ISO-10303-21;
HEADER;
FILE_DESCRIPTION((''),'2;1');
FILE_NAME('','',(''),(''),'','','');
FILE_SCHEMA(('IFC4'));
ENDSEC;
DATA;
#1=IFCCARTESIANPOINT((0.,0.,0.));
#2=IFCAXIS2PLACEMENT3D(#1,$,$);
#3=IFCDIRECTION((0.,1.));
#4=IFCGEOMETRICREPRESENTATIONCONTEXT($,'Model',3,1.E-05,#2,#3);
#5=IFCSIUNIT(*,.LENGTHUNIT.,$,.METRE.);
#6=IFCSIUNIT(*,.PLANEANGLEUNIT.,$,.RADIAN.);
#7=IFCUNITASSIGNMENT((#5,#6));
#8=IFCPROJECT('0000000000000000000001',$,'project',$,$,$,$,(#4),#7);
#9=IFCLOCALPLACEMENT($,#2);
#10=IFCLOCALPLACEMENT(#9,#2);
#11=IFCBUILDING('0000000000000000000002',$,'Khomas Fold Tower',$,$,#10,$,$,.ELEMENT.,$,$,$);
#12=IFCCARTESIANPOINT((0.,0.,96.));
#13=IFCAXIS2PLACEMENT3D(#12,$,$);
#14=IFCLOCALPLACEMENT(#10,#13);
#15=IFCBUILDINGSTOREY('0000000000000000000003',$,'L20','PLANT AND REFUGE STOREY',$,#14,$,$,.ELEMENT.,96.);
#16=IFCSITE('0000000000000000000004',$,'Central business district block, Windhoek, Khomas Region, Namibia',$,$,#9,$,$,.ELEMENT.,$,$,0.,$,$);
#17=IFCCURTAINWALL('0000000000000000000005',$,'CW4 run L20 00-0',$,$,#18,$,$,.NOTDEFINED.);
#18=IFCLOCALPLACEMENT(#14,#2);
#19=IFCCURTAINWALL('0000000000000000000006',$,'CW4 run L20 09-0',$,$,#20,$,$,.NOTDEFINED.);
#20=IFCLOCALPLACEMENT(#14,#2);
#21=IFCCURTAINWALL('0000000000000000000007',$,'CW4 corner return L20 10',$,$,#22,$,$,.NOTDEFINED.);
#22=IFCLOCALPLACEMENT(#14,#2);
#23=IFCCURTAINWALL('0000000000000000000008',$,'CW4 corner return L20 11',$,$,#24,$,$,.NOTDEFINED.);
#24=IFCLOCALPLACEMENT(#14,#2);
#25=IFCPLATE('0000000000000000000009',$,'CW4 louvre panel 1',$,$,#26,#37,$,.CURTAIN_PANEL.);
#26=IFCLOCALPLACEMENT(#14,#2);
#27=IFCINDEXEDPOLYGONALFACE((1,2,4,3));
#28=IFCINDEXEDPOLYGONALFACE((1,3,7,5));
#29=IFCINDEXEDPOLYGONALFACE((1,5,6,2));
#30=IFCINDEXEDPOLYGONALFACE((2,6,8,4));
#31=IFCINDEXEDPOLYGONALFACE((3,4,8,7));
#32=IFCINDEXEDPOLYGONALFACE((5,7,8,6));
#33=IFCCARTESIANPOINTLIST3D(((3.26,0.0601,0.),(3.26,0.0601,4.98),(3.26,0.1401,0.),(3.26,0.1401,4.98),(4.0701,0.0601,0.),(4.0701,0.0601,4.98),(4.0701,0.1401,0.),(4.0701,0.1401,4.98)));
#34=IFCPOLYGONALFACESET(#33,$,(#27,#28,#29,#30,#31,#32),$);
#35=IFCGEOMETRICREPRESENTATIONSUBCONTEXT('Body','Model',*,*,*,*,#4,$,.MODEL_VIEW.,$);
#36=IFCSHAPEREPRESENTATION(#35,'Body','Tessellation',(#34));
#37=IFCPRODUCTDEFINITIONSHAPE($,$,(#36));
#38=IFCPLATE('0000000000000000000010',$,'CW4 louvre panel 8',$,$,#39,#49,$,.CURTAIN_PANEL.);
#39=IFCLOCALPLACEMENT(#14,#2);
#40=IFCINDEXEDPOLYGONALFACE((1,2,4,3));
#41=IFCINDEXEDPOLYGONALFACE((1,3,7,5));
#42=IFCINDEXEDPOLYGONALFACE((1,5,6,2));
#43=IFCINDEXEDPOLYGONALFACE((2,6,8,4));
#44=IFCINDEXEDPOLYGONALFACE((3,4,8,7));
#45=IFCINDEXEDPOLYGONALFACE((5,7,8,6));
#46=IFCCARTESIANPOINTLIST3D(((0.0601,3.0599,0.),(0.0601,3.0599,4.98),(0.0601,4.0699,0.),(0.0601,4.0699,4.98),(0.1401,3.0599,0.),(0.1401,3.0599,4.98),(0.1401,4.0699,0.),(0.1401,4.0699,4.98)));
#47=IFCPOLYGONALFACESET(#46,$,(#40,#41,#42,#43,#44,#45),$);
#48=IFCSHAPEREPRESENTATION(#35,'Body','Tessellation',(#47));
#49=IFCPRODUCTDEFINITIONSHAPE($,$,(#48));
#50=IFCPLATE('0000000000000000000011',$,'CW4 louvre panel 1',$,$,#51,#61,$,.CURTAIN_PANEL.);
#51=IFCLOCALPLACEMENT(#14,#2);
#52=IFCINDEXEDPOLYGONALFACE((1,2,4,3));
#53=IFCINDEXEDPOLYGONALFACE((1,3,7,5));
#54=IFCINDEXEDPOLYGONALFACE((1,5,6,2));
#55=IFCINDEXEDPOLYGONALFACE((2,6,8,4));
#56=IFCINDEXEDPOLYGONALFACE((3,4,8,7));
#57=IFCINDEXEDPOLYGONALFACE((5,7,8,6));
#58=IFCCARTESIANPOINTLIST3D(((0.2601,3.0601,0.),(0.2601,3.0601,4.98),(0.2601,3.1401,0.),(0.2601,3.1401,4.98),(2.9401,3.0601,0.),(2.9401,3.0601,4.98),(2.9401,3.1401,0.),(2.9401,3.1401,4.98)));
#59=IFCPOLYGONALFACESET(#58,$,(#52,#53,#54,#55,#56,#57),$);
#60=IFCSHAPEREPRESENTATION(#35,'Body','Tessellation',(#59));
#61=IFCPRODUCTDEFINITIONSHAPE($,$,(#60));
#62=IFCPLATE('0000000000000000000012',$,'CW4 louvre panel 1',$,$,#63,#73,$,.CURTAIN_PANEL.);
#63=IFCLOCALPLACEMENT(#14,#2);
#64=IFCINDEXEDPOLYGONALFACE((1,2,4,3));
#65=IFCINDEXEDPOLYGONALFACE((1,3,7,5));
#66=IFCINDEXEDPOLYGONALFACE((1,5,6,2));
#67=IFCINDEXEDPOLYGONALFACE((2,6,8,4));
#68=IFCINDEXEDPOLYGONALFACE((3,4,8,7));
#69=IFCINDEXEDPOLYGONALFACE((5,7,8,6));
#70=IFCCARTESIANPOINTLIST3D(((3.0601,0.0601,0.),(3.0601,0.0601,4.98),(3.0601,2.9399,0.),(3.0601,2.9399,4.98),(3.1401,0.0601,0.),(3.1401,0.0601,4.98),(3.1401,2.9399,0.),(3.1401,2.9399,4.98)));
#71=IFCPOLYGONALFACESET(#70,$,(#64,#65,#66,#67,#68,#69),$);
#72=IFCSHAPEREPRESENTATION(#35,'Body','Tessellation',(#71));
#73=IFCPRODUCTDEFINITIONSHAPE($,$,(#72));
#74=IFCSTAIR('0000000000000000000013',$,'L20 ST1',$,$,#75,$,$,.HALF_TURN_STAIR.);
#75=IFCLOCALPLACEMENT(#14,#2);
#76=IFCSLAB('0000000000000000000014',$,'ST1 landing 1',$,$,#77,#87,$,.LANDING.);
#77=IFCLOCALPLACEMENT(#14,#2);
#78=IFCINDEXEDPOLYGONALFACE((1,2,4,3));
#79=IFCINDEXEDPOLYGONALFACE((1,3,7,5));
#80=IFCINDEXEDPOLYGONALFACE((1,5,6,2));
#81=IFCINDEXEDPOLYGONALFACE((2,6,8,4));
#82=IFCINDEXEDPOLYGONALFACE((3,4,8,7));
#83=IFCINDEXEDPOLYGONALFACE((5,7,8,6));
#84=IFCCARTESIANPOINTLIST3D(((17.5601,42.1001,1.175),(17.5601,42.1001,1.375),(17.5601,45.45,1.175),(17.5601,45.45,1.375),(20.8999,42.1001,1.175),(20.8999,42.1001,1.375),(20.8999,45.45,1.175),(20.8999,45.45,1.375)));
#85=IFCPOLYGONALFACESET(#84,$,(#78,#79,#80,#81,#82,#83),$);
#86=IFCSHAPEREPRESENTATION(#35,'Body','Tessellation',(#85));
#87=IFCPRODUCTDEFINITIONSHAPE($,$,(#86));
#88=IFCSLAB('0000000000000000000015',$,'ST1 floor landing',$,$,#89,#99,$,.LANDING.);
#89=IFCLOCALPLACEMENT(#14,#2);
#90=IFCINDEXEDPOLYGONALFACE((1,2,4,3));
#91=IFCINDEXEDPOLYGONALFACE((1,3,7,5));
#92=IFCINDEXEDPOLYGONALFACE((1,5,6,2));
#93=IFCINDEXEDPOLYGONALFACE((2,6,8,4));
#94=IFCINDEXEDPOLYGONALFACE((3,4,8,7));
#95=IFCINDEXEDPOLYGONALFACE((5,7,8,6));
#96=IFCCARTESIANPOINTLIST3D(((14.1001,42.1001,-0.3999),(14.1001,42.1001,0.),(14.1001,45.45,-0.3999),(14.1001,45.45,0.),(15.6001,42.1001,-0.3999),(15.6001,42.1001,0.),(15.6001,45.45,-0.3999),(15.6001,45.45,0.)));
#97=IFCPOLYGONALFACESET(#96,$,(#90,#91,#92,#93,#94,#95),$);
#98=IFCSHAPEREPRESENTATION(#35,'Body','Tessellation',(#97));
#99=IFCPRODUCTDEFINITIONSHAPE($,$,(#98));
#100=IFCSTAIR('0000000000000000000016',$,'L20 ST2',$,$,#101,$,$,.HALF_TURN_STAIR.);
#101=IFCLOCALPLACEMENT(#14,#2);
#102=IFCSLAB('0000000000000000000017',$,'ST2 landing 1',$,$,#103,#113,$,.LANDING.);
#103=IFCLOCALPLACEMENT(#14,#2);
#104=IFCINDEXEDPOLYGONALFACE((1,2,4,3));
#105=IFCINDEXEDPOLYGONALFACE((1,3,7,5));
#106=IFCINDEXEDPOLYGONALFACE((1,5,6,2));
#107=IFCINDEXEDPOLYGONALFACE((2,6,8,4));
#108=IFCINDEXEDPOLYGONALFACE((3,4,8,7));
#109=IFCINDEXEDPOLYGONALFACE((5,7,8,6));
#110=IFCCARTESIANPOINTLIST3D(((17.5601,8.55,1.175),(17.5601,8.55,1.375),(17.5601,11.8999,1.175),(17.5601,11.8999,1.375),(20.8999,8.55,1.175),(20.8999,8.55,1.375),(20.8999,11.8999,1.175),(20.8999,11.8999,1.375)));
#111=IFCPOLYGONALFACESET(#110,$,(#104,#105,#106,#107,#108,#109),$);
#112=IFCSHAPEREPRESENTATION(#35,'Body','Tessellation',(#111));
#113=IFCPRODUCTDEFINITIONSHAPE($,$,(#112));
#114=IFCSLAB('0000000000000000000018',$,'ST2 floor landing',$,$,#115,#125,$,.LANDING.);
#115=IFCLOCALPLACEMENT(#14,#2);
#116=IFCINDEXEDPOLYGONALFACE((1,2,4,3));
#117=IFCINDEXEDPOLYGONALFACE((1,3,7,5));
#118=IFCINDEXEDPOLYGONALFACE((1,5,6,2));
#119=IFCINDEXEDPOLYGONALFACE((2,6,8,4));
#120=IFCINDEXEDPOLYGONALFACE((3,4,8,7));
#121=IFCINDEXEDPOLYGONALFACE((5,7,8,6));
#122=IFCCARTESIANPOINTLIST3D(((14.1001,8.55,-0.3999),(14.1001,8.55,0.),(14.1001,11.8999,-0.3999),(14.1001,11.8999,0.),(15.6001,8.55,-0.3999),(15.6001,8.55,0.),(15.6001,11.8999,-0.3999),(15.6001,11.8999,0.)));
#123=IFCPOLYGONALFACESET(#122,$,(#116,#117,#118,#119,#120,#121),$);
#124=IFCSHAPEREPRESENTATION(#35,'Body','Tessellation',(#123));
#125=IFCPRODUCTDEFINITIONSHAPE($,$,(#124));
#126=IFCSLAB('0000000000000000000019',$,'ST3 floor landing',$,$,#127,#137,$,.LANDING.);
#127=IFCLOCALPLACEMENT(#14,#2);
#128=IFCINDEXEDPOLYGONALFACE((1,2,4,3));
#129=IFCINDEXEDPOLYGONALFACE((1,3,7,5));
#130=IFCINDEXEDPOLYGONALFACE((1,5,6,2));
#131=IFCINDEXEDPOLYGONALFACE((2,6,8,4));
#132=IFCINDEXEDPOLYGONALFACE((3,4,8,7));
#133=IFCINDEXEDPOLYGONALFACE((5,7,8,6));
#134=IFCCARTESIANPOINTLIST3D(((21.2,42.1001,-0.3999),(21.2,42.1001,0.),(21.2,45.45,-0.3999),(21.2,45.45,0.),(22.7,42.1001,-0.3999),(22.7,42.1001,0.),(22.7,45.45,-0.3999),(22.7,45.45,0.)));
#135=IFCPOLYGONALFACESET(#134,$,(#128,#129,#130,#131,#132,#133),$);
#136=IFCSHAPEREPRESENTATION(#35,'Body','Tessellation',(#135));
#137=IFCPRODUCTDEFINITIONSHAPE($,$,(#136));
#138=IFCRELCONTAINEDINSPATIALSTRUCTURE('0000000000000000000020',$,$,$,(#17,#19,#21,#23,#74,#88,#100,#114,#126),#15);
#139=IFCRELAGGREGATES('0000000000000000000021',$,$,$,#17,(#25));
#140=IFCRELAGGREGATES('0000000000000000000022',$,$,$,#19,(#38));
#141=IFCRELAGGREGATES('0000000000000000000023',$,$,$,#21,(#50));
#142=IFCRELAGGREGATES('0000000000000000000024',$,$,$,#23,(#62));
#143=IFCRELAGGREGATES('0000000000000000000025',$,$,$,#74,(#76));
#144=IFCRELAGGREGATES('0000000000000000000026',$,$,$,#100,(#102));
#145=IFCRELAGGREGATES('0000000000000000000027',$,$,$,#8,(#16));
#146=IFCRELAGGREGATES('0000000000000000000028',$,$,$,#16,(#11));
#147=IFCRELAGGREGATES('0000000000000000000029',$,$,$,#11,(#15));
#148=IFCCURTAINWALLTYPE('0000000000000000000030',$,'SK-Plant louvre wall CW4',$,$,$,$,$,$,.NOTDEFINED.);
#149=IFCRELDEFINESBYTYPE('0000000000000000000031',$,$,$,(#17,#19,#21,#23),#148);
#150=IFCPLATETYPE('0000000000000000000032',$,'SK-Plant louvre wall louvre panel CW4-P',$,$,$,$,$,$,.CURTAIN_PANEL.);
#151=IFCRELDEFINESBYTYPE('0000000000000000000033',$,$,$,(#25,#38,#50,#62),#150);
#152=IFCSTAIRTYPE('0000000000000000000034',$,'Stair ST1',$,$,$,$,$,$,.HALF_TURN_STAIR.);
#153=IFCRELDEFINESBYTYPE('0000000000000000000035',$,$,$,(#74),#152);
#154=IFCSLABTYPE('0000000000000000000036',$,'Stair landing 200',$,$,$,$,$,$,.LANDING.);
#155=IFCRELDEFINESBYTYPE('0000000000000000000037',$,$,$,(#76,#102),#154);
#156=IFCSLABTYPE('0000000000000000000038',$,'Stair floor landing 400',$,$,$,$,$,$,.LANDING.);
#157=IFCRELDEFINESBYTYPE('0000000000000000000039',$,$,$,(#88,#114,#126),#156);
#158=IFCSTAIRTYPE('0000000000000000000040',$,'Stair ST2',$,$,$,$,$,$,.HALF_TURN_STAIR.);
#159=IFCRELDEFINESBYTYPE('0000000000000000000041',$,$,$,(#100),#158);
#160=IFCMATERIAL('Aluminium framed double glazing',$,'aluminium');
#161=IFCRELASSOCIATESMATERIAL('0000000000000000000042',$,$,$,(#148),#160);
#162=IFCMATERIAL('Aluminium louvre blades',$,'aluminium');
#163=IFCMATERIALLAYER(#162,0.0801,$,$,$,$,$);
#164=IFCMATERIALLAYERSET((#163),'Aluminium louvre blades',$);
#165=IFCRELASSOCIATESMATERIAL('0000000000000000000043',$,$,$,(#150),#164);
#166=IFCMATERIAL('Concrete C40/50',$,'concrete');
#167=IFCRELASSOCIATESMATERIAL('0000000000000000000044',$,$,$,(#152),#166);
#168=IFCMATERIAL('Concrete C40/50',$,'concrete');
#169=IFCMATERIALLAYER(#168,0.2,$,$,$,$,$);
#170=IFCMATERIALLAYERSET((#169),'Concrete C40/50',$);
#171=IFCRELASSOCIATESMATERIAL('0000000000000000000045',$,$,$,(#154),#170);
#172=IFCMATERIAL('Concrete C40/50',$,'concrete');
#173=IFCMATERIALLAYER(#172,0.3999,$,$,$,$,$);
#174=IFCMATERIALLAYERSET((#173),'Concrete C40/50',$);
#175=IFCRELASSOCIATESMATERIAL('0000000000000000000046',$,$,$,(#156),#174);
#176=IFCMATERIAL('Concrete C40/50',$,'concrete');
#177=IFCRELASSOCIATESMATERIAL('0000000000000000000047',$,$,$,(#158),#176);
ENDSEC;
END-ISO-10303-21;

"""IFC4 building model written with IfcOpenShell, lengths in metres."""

from ifc_helpers import new_model, si_unit, direction, frame, origin, origin_2d, place, context, subcontext, project, spatial, polyline, rectangle, outline, extrude, source, transform, mapped, material, layer, layer_set, type_object, element, aggregate, save


model = new_model("IFC4")

# Units and contexts
model_context = context("Model", 3, precision=1e-05, world=origin(), true_north=direction((0.0, 1.0)))
body_context = subcontext(model_context, "Body", "Model", "MODEL_VIEW")
ifc_project = project(units=[si_unit("LENGTHUNIT", "METRE"), si_unit("PLANEANGLEUNIT", "RADIAN")], contexts=[model_context])

# Site, building, storey
site_placement = place(None, origin())
site = spatial("IfcSite", under=ifc_project, at=site_placement, Name="Central business district block, Windhoek, Khomas Region, Namibia", CompositionType="ELEMENT", RefElevation=0.0)
building_placement = place(site_placement, origin())
building = spatial("IfcBuilding", under=site, at=building_placement, Name="Khomas Fold Tower", CompositionType="ELEMENT")
storey_placement = place(building_placement, frame((0.0, 0.0, 96.0)))
storey = spatial("IfcBuildingStorey", under=building, at=storey_placement, Name="L20", Description="PLANT AND REFUGE STOREY", CompositionType="ELEMENT", Elevation=96.0)

# Curtain wall
ifc_material_1 = material(Name="Aluminium framed double glazing", Category="aluminium")
curtain_wall_type = type_object("IfcCurtainWallType", Name="SK-Plant louvre wall CW4", PredefinedType="NOTDEFINED", material=ifc_material_1)
curtain_wall_1_placement = place(storey_placement, origin())
curtain_wall_1 = element("IfcCurtainWall", 1, at=curtain_wall_1_placement, inside=storey, type_object=curtain_wall_type, Name="CW4 run L20 00-0", PredefinedType="NOTDEFINED")

# Curtain walls
curtain_wall_2_placement = place(storey_placement, origin())
curtain_wall_2 = element("IfcCurtainWall", 2, at=curtain_wall_2_placement, inside=storey, type_object=curtain_wall_type, Name="CW4 run L20 09-0", PredefinedType="NOTDEFINED")
curtain_wall_3_placement = place(storey_placement, origin())
curtain_wall_3 = element("IfcCurtainWall", 3, at=curtain_wall_3_placement, inside=storey, type_object=curtain_wall_type, Name="CW4 corner return L20 10", PredefinedType="NOTDEFINED")
curtain_wall_4_placement = place(storey_placement, origin())
curtain_wall_4 = element("IfcCurtainWall", 4, at=curtain_wall_4_placement, inside=storey, type_object=curtain_wall_type, Name="CW4 corner return L20 11", PredefinedType="NOTDEFINED")

# Plates
ifc_material_2 = material(Name="Aluminium louvre blades", Category="aluminium")
ifc_layer_1 = layer(ifc_material_2, 0.0801)
ifc_layer_set_1 = layer_set([ifc_layer_1], Name="Aluminium louvre blades")
plate_type = type_object("IfcPlateType", Name="SK-Plant louvre wall louvre panel CW4-P", PredefinedType="CURTAIN_PANEL", material=ifc_layer_set_1)
shared_shape_1 = source(origin(), body_context, "Body", "SweptSolid", [
    extrude(rectangle(XDim=0.8101, YDim=0.0801, at=origin_2d()), origin(), (0.0, 0.0, 1.0), 4.98),
])
plate_1_placement = place(storey_placement, frame((3.665, 0.1001, 0.0), z_axis=(0.0, 0.0, 1.0), x_axis=(1.0, 0.0, 0.0)))
plate_1 = element("IfcPlate", 5, at=plate_1_placement, type_object=plate_type, Name="CW4 louvre panel 1", PredefinedType="CURTAIN_PANEL", context=body_context, shape_type="MappedRepresentation", body=[
    mapped(shared_shape_1, transform((0.0, 0.0, 0.0))),
])
aggregate(curtain_wall_1, [plate_1])
shared_shape_2 = source(origin(), body_context, "Body", "SweptSolid", [
    extrude(rectangle(XDim=1.01, YDim=0.0801, at=origin_2d()), origin(), (0.0, 0.0, 1.0), 4.98),
])
plate_2_placement = place(storey_placement, frame((0.1001, 3.5649, 0.0), z_axis=(0.0, 0.0, 1.0), x_axis=(0.0, -1.0, 0.0)))
plate_2 = element("IfcPlate", 6, at=plate_2_placement, type_object=plate_type, Name="CW4 louvre panel 8", PredefinedType="CURTAIN_PANEL", context=body_context, shape_type="MappedRepresentation", body=[
    mapped(shared_shape_2, transform((0.0, 0.0, 0.0))),
])
aggregate(curtain_wall_2, [plate_2])
shared_shape_3 = source(origin(), body_context, "Body", "SweptSolid", [
    extrude(rectangle(XDim=2.6799, YDim=0.0801, at=origin_2d()), origin(), (0.0, 0.0, 1.0), 4.98),
])
plate_3_placement = place(storey_placement, frame((1.6001, 3.1001, 0.0), z_axis=(0.0, 0.0, 1.0), x_axis=(1.0, 0.0, 0.0)))
plate_3 = element("IfcPlate", 7, at=plate_3_placement, type_object=plate_type, Name="CW4 louvre panel 1", PredefinedType="CURTAIN_PANEL", context=body_context, shape_type="MappedRepresentation", body=[
    mapped(shared_shape_3, transform((0.0, 0.0, 0.0))),
])
aggregate(curtain_wall_3, [plate_3])
shared_shape_4 = source(origin(), body_context, "Body", "SweptSolid", [
    extrude(rectangle(XDim=2.8799, YDim=0.0801, at=origin_2d()), origin(), (0.0, 0.0, 1.0), 4.98),
])
plate_4_placement = place(storey_placement, frame((3.1001, 1.5, 0.0), z_axis=(0.0, 0.0, 1.0), x_axis=(0.0, -1.0, 0.0)))
plate_4 = element("IfcPlate", 8, at=plate_4_placement, type_object=plate_type, Name="CW4 louvre panel 1", PredefinedType="CURTAIN_PANEL", context=body_context, shape_type="MappedRepresentation", body=[
    mapped(shared_shape_4, transform((0.0, 0.0, 0.0))),
])
aggregate(curtain_wall_4, [plate_4])

# Stair, slab
ifc_material_3 = material(Name="Concrete C40/50", Category="concrete")
stair_type_1 = type_object("IfcStairType", Name="Stair ST1", PredefinedType="HALF_TURN_STAIR", material=ifc_material_3)
stair_1_placement = place(storey_placement, origin())
stair_1 = element("IfcStair", 9, at=stair_1_placement, inside=storey, type_object=stair_type_1, Name="L20 ST1", PredefinedType="HALF_TURN_STAIR")
ifc_material_4 = material(Name="Concrete C40/50", Category="concrete")
ifc_layer_2 = layer(ifc_material_4, 0.2)
ifc_layer_set_2 = layer_set([ifc_layer_2], Name="Concrete C40/50")
slab_type_1 = type_object("IfcSlabType", Name="Stair landing 200", PredefinedType="LANDING", material=ifc_layer_set_2)
shared_shape_5 = source(origin(), body_context, "Body", "SweptSolid", [
    extrude(outline(polyline([(17.5601, 42.1001), (20.8999, 42.1001), (20.8999, 45.45), (17.5601, 45.45), (17.5601, 42.1001)])), origin(), (0.0, 0.0, 1.0), 0.2),
])
slab_1_placement = place(storey_placement, frame((0.0, 0.0, 1.175)))
slab_1 = element("IfcSlab", 10, at=slab_1_placement, type_object=slab_type_1, Name="ST1 landing 1", PredefinedType="LANDING", context=body_context, shape_type="MappedRepresentation", body=[
    mapped(shared_shape_5, transform((0.0, 0.0, 0.0))),
])
aggregate(stair_1, [slab_1])

# Slab
ifc_material_5 = material(Name="Concrete C40/50", Category="concrete")
ifc_layer_3 = layer(ifc_material_5, 0.3999)
ifc_layer_set_3 = layer_set([ifc_layer_3], Name="Concrete C40/50")
slab_type_2 = type_object("IfcSlabType", Name="Stair floor landing 400", PredefinedType="LANDING", material=ifc_layer_set_3)
shared_shape_6 = source(origin(), body_context, "Body", "SweptSolid", [
    extrude(outline(polyline([(14.1001, 45.45), (15.6001, 45.45), (15.6001, 42.1001), (14.1001, 42.1001), (14.1001, 45.45)])), origin(), (0.0, 0.0, 1.0), 0.3999),
])
slab_2_placement = place(storey_placement, frame((0.0, 0.0, -0.3999)))
element("IfcSlab", 11, at=slab_2_placement, inside=storey, type_object=slab_type_2, Name="ST1 floor landing", PredefinedType="LANDING", context=body_context, shape_type="MappedRepresentation", body=[
    mapped(shared_shape_6, transform((0.0, 0.0, 0.0))),
])

# Stair, slab
ifc_material_6 = material(Name="Concrete C40/50", Category="concrete")
stair_type_2 = type_object("IfcStairType", Name="Stair ST2", PredefinedType="HALF_TURN_STAIR", material=ifc_material_6)
stair_2_placement = place(storey_placement, origin())
stair_2 = element("IfcStair", 12, at=stair_2_placement, inside=storey, type_object=stair_type_2, Name="L20 ST2", PredefinedType="HALF_TURN_STAIR")
shared_shape_7 = source(origin(), body_context, "Body", "SweptSolid", [
    extrude(outline(polyline([(17.5601, 8.55), (20.8999, 8.55), (20.8999, 11.8999), (17.5601, 11.8999), (17.5601, 8.55)])), origin(), (0.0, 0.0, 1.0), 0.2),
])
slab_3_placement = place(storey_placement, frame((0.0, 0.0, 1.175)))
slab_3 = element("IfcSlab", 13, at=slab_3_placement, type_object=slab_type_1, Name="ST2 landing 1", PredefinedType="LANDING", context=body_context, shape_type="MappedRepresentation", body=[
    mapped(shared_shape_7, transform((0.0, 0.0, 0.0))),
])
aggregate(stair_2, [slab_3])

# Slabs
shared_shape_8 = source(origin(), body_context, "Body", "SweptSolid", [
    extrude(outline(polyline([(14.1001, 11.8999), (15.6001, 11.8999), (15.6001, 8.55), (14.1001, 8.55), (14.1001, 11.8999)])), origin(), (0.0, 0.0, 1.0), 0.3999),
])
slab_4_placement = place(storey_placement, frame((0.0, 0.0, -0.3999)))
element("IfcSlab", 14, at=slab_4_placement, inside=storey, type_object=slab_type_2, Name="ST2 floor landing", PredefinedType="LANDING", context=body_context, shape_type="MappedRepresentation", body=[
    mapped(shared_shape_8, transform((0.0, 0.0, 0.0))),
])
shared_shape_9 = source(origin(), body_context, "Body", "SweptSolid", [
    extrude(outline(polyline([(21.2, 45.45), (22.7, 45.45), (22.7, 42.1001), (21.2, 42.1001), (21.2, 45.45)])), origin(), (0.0, 0.0, 1.0), 0.3999),
])
slab_5_placement = place(storey_placement, frame((0.0, 0.0, -0.3999)))
element("IfcSlab", 15, at=slab_5_placement, inside=storey, type_object=slab_type_2, Name="ST3 floor landing", PredefinedType="LANDING", context=body_context, shape_type="MappedRepresentation", body=[
    mapped(shared_shape_9, transform((0.0, 0.0, 0.0))),
])

save(model, "model.ifc")
